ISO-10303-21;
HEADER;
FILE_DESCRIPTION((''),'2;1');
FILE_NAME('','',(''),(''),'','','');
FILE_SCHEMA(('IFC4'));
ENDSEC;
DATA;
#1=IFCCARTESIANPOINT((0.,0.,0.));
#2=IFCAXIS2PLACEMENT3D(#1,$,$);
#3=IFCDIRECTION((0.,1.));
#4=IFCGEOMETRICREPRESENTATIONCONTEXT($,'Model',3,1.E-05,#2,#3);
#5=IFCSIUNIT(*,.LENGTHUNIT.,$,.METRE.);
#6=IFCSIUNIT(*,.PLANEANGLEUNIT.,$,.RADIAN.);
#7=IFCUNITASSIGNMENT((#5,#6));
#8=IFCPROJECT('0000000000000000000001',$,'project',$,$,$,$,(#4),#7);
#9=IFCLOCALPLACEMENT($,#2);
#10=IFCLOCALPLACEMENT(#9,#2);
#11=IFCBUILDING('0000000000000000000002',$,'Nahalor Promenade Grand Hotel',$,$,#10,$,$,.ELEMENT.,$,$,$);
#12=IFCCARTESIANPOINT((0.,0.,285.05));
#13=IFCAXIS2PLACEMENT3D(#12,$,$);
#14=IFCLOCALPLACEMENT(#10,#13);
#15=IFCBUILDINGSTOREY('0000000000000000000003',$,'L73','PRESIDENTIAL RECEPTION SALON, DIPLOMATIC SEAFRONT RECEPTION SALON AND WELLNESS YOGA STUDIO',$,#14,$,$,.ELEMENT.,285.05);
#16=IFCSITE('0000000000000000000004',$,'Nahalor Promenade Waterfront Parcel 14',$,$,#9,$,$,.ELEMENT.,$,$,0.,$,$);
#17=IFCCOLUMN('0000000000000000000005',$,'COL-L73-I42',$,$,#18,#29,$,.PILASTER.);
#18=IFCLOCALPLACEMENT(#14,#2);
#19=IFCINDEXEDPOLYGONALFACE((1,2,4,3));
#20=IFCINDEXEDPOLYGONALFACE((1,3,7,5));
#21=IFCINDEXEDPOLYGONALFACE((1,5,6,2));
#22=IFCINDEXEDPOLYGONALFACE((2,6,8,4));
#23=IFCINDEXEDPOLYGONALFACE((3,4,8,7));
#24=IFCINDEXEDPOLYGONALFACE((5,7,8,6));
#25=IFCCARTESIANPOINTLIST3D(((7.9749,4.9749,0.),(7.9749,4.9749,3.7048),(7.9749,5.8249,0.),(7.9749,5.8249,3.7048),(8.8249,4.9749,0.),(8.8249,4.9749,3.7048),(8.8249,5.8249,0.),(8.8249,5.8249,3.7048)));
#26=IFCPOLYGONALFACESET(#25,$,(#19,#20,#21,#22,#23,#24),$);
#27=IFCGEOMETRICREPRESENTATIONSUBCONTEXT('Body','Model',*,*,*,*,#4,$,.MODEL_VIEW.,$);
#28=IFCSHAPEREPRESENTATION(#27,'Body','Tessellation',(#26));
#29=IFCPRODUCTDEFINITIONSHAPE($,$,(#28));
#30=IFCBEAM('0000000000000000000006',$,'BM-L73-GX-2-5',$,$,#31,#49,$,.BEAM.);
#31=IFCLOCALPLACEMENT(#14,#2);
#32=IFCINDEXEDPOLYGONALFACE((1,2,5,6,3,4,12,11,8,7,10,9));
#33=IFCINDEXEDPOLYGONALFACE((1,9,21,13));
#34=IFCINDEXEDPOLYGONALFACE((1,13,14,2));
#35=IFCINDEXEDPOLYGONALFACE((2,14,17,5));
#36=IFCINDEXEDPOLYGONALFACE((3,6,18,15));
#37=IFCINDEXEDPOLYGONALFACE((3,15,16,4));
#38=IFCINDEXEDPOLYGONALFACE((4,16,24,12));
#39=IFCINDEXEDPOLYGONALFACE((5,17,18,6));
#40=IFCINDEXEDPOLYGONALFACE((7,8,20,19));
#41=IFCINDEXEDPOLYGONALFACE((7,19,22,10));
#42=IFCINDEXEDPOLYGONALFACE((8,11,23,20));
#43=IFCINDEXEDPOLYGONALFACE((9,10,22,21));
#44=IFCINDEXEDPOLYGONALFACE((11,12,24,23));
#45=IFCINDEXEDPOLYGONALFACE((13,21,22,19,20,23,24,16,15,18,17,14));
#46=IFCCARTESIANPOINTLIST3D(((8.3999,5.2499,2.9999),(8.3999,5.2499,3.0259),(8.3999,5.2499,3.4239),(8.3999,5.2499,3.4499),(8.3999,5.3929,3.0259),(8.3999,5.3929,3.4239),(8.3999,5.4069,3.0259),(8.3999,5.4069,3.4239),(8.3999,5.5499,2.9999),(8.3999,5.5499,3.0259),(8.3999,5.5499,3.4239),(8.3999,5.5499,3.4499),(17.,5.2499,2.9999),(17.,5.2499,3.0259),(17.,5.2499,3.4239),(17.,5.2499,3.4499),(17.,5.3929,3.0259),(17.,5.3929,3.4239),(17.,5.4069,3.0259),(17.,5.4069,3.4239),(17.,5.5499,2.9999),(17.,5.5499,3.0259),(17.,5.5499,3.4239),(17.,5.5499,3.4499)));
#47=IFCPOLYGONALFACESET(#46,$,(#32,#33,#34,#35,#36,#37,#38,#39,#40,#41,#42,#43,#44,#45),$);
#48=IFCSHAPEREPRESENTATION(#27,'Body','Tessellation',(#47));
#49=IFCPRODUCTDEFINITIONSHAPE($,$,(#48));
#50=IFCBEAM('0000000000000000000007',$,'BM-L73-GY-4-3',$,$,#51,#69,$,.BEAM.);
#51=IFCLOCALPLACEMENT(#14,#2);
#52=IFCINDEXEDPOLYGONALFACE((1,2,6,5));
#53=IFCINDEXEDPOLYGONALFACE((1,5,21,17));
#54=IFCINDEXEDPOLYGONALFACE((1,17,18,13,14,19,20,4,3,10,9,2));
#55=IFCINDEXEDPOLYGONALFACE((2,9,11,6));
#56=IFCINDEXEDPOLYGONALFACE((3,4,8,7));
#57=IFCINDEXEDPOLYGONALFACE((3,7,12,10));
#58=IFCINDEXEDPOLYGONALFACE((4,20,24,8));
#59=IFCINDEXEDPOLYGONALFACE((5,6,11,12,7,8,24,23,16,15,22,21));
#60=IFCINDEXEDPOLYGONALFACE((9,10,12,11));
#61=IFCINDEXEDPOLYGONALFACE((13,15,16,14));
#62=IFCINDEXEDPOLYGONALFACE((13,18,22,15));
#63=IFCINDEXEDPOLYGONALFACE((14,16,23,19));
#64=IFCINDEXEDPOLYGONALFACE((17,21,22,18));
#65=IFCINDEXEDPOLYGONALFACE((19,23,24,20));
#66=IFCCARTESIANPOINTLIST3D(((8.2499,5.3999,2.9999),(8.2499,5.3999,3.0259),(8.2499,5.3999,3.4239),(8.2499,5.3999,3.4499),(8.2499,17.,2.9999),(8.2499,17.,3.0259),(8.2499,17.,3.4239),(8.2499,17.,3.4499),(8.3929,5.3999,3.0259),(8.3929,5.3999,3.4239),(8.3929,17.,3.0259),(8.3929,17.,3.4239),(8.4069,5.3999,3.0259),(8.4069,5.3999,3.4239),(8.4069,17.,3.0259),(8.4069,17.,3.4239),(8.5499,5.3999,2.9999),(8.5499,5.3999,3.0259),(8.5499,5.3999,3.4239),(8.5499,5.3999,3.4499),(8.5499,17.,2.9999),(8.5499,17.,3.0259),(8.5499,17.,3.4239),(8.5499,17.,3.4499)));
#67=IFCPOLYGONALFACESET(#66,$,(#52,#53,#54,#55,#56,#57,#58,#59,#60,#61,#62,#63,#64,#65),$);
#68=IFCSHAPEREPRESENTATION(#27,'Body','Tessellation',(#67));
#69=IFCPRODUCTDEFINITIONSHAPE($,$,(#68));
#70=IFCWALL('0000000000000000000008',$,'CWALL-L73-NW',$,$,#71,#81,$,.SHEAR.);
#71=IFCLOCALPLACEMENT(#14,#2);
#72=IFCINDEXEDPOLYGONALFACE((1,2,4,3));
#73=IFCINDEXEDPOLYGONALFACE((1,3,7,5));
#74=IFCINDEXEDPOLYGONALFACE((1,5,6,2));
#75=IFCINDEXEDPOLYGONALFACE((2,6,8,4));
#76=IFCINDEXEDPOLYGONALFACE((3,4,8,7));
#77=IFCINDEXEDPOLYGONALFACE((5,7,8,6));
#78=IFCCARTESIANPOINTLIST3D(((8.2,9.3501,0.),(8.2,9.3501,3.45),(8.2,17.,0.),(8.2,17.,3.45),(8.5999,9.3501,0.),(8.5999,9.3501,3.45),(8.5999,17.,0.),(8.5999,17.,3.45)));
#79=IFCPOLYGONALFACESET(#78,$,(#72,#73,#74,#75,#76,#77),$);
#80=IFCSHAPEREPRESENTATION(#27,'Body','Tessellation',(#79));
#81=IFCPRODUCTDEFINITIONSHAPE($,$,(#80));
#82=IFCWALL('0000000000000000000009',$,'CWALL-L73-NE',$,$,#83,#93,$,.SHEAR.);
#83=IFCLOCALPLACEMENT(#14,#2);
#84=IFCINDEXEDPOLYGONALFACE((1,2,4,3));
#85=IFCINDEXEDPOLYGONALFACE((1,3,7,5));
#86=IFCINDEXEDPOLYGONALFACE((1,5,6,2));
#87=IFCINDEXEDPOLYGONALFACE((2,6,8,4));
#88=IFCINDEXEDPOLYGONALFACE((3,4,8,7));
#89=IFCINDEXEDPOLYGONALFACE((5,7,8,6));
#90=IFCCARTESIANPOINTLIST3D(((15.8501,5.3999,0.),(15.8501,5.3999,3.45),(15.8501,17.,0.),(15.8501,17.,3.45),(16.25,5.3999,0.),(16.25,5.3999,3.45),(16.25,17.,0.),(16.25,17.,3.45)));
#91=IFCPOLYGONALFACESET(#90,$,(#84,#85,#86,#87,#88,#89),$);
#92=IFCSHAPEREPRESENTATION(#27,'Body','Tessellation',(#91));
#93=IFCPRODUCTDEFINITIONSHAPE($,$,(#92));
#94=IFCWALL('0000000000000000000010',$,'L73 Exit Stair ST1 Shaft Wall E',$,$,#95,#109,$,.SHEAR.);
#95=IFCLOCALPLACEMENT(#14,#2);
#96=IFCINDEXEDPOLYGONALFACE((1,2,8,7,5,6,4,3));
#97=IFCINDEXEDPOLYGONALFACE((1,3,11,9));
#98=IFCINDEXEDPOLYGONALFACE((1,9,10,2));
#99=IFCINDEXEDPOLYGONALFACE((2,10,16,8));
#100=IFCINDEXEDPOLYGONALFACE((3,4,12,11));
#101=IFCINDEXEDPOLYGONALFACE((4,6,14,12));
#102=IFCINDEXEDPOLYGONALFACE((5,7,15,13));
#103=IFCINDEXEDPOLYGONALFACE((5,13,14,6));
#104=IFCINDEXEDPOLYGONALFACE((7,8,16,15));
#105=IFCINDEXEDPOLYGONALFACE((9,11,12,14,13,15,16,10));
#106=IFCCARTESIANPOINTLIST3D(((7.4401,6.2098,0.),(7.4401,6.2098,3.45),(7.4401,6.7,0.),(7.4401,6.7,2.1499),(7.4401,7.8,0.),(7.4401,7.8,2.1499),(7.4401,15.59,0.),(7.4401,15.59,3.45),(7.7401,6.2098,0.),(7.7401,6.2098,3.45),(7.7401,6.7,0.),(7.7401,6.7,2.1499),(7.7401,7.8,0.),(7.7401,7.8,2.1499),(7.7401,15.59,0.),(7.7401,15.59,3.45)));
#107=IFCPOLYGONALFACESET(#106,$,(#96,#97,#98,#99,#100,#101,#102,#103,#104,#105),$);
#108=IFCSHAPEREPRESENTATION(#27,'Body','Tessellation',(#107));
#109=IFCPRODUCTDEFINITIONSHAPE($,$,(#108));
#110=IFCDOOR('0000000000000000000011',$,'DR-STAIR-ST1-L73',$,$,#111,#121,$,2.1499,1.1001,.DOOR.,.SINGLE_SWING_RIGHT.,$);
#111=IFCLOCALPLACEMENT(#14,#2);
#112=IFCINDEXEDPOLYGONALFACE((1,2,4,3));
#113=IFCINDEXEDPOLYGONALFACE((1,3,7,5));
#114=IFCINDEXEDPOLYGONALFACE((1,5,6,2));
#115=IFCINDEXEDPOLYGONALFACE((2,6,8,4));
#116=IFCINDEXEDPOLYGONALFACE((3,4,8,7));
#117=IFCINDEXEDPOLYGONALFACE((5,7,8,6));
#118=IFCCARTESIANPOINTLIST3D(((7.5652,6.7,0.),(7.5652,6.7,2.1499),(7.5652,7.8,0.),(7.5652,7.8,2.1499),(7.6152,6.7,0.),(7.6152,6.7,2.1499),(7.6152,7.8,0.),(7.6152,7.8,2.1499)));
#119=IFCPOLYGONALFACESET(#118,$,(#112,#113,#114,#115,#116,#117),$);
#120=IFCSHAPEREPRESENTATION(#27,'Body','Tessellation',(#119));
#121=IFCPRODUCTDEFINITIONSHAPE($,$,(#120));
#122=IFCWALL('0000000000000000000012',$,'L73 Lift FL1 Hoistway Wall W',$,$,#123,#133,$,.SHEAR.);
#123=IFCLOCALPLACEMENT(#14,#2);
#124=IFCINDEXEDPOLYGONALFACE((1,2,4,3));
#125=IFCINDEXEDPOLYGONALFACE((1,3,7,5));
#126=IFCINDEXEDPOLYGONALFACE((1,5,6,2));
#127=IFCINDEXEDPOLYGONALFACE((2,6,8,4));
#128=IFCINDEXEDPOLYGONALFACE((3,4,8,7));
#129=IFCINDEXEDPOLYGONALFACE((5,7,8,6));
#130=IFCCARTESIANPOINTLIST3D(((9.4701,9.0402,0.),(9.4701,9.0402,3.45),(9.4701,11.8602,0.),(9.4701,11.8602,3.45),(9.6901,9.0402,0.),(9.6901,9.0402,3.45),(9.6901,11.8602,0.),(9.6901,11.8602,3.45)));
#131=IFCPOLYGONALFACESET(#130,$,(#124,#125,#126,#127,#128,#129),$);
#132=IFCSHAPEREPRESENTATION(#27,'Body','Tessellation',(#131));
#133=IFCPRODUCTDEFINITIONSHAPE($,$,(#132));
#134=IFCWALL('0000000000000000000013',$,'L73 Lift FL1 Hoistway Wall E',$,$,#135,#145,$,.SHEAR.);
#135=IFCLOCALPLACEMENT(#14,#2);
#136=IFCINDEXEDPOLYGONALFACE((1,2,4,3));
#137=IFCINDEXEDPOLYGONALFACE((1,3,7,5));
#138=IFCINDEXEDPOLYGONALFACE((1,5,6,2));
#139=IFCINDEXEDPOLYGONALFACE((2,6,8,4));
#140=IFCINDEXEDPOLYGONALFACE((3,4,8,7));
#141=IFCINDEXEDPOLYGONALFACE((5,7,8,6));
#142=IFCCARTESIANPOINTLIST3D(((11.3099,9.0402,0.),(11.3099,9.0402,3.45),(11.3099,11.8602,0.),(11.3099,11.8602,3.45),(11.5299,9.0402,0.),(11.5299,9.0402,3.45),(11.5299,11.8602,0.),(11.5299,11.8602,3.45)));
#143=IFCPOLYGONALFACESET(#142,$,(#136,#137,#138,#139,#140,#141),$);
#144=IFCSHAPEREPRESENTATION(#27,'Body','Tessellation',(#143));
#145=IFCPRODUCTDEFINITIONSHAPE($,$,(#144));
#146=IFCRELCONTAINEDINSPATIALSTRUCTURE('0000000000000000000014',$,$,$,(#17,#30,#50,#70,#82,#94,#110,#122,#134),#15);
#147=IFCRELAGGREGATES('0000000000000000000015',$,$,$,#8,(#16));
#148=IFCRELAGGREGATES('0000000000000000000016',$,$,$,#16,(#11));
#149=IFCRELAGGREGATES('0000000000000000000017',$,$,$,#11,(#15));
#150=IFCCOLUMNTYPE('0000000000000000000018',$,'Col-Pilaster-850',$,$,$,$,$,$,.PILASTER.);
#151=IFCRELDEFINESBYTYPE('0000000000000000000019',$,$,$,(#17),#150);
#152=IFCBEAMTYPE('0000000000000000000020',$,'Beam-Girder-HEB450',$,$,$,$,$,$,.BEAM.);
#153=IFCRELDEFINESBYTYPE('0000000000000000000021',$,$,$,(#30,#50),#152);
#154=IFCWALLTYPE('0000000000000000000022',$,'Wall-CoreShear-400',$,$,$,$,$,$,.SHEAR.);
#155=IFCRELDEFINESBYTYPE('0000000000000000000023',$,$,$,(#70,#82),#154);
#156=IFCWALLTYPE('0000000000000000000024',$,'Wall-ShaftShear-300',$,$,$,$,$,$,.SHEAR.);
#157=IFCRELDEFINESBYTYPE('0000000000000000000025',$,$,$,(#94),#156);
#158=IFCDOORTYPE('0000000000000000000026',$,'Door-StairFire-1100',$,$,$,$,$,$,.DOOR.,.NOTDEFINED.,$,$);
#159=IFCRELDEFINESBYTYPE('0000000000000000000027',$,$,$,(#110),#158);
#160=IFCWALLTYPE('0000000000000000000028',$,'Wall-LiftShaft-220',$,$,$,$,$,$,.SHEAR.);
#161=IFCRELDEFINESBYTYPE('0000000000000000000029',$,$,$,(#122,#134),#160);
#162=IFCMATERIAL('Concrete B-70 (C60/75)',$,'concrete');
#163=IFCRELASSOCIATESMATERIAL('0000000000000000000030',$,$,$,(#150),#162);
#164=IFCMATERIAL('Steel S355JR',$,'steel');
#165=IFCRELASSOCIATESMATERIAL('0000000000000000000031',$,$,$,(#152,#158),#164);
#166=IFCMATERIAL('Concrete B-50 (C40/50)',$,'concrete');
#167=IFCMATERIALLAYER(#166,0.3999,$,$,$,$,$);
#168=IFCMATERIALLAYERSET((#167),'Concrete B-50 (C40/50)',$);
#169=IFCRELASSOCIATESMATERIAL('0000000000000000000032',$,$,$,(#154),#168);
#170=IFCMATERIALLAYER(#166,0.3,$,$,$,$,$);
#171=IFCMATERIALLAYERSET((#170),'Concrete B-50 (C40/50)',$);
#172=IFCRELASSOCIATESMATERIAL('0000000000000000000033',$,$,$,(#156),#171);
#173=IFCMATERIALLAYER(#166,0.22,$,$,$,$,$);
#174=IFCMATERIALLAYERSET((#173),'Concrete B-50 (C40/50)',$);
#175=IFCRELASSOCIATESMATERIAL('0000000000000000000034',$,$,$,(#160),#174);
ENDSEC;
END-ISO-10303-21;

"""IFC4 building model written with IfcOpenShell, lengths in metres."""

from ifc_helpers import new_model, si_unit, direction, frame, frame_2d, origin, origin_2d, place, context, subcontext, project, spatial, rectangle, i_section, extrude, source, transform, mapped, material, layer, layer_set, material_profile, profile_set, type_object, element, fill, save


model = new_model("IFC4")

# Units and contexts
model_context = context("Model", 3, precision=1e-05, world=origin(), true_north=direction((0.0, 1.0)))
body_context = subcontext(model_context, "Body", "Model", "MODEL_VIEW")
ifc_project = project(units=[si_unit("LENGTHUNIT", "METRE"), si_unit("PLANEANGLEUNIT", "RADIAN")], contexts=[model_context])

# Site, building, storey
site_placement = place(None, origin())
site = spatial("IfcSite", under=ifc_project, at=site_placement, Name="Nahalor Promenade Waterfront Parcel 14", CompositionType="ELEMENT", RefElevation=0.0)
building_placement = place(site_placement, origin())
building = spatial("IfcBuilding", under=site, at=building_placement, Name="Nahalor Promenade Grand Hotel", CompositionType="ELEMENT")
storey_placement = place(building_placement, frame((0.0, 0.0, 285.05)))
storey = spatial("IfcBuildingStorey", under=building, at=storey_placement, Name="L73", Description="PRESIDENTIAL RECEPTION SALON, DIPLOMATIC SEAFRONT RECEPTION SALON AND WELLNESS YOGA STUDIO", CompositionType="ELEMENT", Elevation=285.05)

# Column
ifc_material_1 = material(Name="Concrete B-70 (C60/75)", Category="concrete")
ifc_material_profile_1 = material_profile(ifc_material_1, rectangle(XDim=0.85, YDim=0.85, at=origin_2d()), Name="RC 850x850")
ifc_profile_set_1 = profile_set([ifc_material_profile_1], Name="Concrete B-70 (C60/75)")
column_type = type_object("IfcColumnType", Name="Col-Pilaster-850", PredefinedType="PILASTER", material=ifc_profile_set_1)
shared_shape_1 = source(origin(), body_context, "Body", "SweptSolid", [
    extrude(rectangle(XDim=0.85, YDim=0.85, at=origin_2d()), origin(), (0.0, 0.0, 1.0), 3.7048),
])
column_placement = place(storey_placement, frame((8.3999, 5.3999, 0.0), z_axis=(0.0, 0.0, 1.0), x_axis=(1.0, 0.0, 0.0)))
element("IfcColumn", 1, at=column_placement, inside=storey, type_object=column_type, Name="COL-L73-I42", PredefinedType="PILASTER", context=body_context, shape_type="MappedRepresentation", body=[
    mapped(shared_shape_1, transform((0.0, 0.0, 0.0), scale=1.0)),
])

# Beams
ifc_material_2 = material(Name="Steel S355JR", Category="steel")
ifc_material_profile_2 = material_profile(ifc_material_2, i_section(OverallWidth=0.3, OverallDepth=0.45, WebThickness=0.014, FlangeThickness=0.026, at=origin_2d()), Name="HEB 450")
ifc_profile_set_2 = profile_set([ifc_material_profile_2], Name="Steel S355JR")
beam_type = type_object("IfcBeamType", Name="Beam-Girder-HEB450", PredefinedType="BEAM", material=ifc_profile_set_2)
shared_shape_2 = source(origin(), body_context, "Body", "SweptSolid", [
    extrude(i_section(OverallWidth=0.3, OverallDepth=0.45, WebThickness=0.014, FlangeThickness=0.026, at=origin_2d()), origin(), (0.0, 0.0, 1.0), 8.6001),
])
beam_1_placement = place(storey_placement, frame((8.3999, 5.3999, 3.2249), z_axis=(1.0, 0.0, 0.0), x_axis=(0.0, 1.0, 0.0)))
element("IfcBeam", 2, at=beam_1_placement, inside=storey, type_object=beam_type, Name="BM-L73-GX-2-5", PredefinedType="BEAM", context=body_context, shape_type="MappedRepresentation", body=[
    mapped(shared_shape_2, transform((0.0, 0.0, 0.0), scale=1.0)),
])
shared_shape_3 = source(origin(), body_context, "Body", "SweptSolid", [
    extrude(i_section(OverallWidth=0.3, OverallDepth=0.45, WebThickness=0.014, FlangeThickness=0.026, at=origin_2d()), origin(), (0.0, 0.0, 1.0), 11.6001),
])
beam_2_placement = place(storey_placement, frame((8.3999, 5.3999, 3.2249), z_axis=(0.0, 1.0, 0.0), x_axis=(-1.0, 0.0, 0.0)))
element("IfcBeam", 3, at=beam_2_placement, inside=storey, type_object=beam_type, Name="BM-L73-GY-4-3", PredefinedType="BEAM", context=body_context, shape_type="MappedRepresentation", body=[
    mapped(shared_shape_3, transform((0.0, 0.0, 0.0), scale=1.0)),
])

# Walls
ifc_material_3 = material(Name="Concrete B-50 (C40/50)", Category="concrete")
ifc_layer_1 = layer(ifc_material_3, 0.3999)
ifc_layer_set_1 = layer_set([ifc_layer_1], Name="Concrete B-50 (C40/50)")
wall_type_1 = type_object("IfcWallType", Name="Wall-CoreShear-400", PredefinedType="SHEAR", material=ifc_layer_set_1)
shared_shape_4 = source(origin(), body_context, "Body", "SweptSolid", [
    extrude(rectangle(XDim=7.6499, YDim=0.3999, at=frame_2d((3.825, 0.0))), origin(), (0.0, 0.0, 1.0), 3.45),
])
wall_1_placement = place(storey_placement, frame((8.3999, 9.3501, 0.0), z_axis=(0.0, 0.0, 1.0), x_axis=(0.0, 1.0, 0.0)))
element("IfcWall", 4, at=wall_1_placement, inside=storey, type_object=wall_type_1, Name="CWALL-L73-NW", PredefinedType="SHEAR", context=body_context, shape_type="MappedRepresentation", body=[
    mapped(shared_shape_4, transform((0.0, 0.0, 0.0), scale=1.0)),
])
shared_shape_5 = source(origin(), body_context, "Body", "SweptSolid", [
    extrude(rectangle(XDim=11.6001, YDim=0.3999, at=frame_2d((5.8, 0.0))), origin(), (0.0, 0.0, 1.0), 3.45),
])
wall_2_placement = place(storey_placement, frame((16.05, 5.3999, 0.0), z_axis=(0.0, 0.0, 1.0), x_axis=(0.0, 1.0, 0.0)))
element("IfcWall", 5, at=wall_2_placement, inside=storey, type_object=wall_type_1, Name="CWALL-L73-NE", PredefinedType="SHEAR", context=body_context, shape_type="MappedRepresentation", body=[
    mapped(shared_shape_5, transform((0.0, 0.0, 0.0), scale=1.0)),
])

# Wall, opening, door
ifc_layer_2 = layer(ifc_material_3, 0.3)
ifc_layer_set_2 = layer_set([ifc_layer_2], Name="Concrete B-50 (C40/50)")
wall_type_2 = type_object("IfcWallType", Name="Wall-ShaftShear-300", PredefinedType="SHEAR", material=ifc_layer_set_2)
shared_shape_6 = source(origin(), body_context, "Body", "SweptSolid", [
    extrude(rectangle(XDim=9.3801, YDim=0.3, at=frame_2d((4.6899, 0.0))), origin(), (0.0, 0.0, 1.0), 3.45),
])
wall_3_placement = place(storey_placement, frame((7.5901, 6.21, 0.0), z_axis=(0.0, 0.0, 1.0), x_axis=(0.0, 1.0, 0.0)))
wall_3 = element("IfcWall", 6, at=wall_3_placement, inside=storey, type_object=wall_type_2, Name="L73 Exit Stair ST1 Shaft Wall E", PredefinedType="SHEAR", context=body_context, shape_type="MappedRepresentation", body=[
    mapped(shared_shape_6, transform((0.0, 0.0, 0.0), scale=1.0)),
])
opening_1_placement = place(wall_3_placement, frame((0.49, 0.0, 0.0)))
opening_1 = element("IfcOpeningElement", 7, at=opening_1_placement, cuts=wall_3, PredefinedType="OPENING", context=body_context, shape_type="SweptSolid", body=[
    extrude(rectangle(XDim=1.1001, YDim=2.1499, at=frame_2d((0.55, 1.075))), frame((0.0, 0.1599, 0.0), z_axis=(0.0, -1.0, 0.0), x_axis=(1.0, 0.0, 0.0)), (0.0, 0.0, 1.0), 0.3201),
])
door_type_1 = type_object("IfcDoorType", Name="Door-StairFire-1100", OperationType="NOTDEFINED", PredefinedType="DOOR", material=ifc_material_2)
shared_shape_7 = source(origin(), body_context, "Body", "SweptSolid", [
    extrude(rectangle(XDim=1.1001, YDim=2.1499, at=frame_2d((0.55, 1.075))), frame((0.0, 0.0249, 0.0), z_axis=(0.0, -1.0, 0.0), x_axis=(1.0, 0.0, 0.0)), (0.0, 0.0, 1.0), 0.05),
])
door_1_placement = place(opening_1_placement, origin())
door_1 = element("IfcDoor", 8, at=door_1_placement, inside=storey, type_object=door_type_1, Name="DR-STAIR-ST1-L73", OperationType="SINGLE_SWING_RIGHT", OverallHeight=2.1499, OverallWidth=1.1001, PredefinedType="DOOR", context=body_context, shape_type="MappedRepresentation", body=[
    mapped(shared_shape_7, transform((0.0, 0.0, 0.0), scale=1.0)),
])
fill(opening_1, door_1)

# Walls
ifc_layer_3 = layer(ifc_material_3, 0.22)
ifc_layer_set_3 = layer_set([ifc_layer_3], Name="Concrete B-50 (C40/50)")
wall_type_3 = type_object("IfcWallType", Name="Wall-LiftShaft-220", PredefinedType="SHEAR", material=ifc_layer_set_3)
shared_shape_8 = source(origin(), body_context, "Body", "SweptSolid", [
    extrude(rectangle(XDim=2.8201, YDim=0.22, at=frame_2d((1.4102, 0.0))), origin(), (0.0, 0.0, 1.0), 3.45),
])
for number, where, z_axis, x_axis, name in (
    (9, (9.5801, 9.04, 0.0), (0.0, 0.0, 1.0), (0.0, 1.0, 0.0), "L73 Lift FL1 Hoistway Wall W"),
    (10, (11.4199, 9.04, 0.0), (0.0, 0.0, 1.0), (0.0, 1.0, 0.0), "L73 Lift FL1 Hoistway Wall E"),
):
    element("IfcWall", number, at=place(storey_placement, frame(where, z_axis=z_axis, x_axis=x_axis)), inside=storey, type_object=wall_type_3, Name=name, PredefinedType="SHEAR", context=body_context, shape_type="MappedRepresentation", body=[
        mapped(shared_shape_8, transform((0.0, 0.0, 0.0), scale=1.0)),
    ])

save(model, "model.ifc")
